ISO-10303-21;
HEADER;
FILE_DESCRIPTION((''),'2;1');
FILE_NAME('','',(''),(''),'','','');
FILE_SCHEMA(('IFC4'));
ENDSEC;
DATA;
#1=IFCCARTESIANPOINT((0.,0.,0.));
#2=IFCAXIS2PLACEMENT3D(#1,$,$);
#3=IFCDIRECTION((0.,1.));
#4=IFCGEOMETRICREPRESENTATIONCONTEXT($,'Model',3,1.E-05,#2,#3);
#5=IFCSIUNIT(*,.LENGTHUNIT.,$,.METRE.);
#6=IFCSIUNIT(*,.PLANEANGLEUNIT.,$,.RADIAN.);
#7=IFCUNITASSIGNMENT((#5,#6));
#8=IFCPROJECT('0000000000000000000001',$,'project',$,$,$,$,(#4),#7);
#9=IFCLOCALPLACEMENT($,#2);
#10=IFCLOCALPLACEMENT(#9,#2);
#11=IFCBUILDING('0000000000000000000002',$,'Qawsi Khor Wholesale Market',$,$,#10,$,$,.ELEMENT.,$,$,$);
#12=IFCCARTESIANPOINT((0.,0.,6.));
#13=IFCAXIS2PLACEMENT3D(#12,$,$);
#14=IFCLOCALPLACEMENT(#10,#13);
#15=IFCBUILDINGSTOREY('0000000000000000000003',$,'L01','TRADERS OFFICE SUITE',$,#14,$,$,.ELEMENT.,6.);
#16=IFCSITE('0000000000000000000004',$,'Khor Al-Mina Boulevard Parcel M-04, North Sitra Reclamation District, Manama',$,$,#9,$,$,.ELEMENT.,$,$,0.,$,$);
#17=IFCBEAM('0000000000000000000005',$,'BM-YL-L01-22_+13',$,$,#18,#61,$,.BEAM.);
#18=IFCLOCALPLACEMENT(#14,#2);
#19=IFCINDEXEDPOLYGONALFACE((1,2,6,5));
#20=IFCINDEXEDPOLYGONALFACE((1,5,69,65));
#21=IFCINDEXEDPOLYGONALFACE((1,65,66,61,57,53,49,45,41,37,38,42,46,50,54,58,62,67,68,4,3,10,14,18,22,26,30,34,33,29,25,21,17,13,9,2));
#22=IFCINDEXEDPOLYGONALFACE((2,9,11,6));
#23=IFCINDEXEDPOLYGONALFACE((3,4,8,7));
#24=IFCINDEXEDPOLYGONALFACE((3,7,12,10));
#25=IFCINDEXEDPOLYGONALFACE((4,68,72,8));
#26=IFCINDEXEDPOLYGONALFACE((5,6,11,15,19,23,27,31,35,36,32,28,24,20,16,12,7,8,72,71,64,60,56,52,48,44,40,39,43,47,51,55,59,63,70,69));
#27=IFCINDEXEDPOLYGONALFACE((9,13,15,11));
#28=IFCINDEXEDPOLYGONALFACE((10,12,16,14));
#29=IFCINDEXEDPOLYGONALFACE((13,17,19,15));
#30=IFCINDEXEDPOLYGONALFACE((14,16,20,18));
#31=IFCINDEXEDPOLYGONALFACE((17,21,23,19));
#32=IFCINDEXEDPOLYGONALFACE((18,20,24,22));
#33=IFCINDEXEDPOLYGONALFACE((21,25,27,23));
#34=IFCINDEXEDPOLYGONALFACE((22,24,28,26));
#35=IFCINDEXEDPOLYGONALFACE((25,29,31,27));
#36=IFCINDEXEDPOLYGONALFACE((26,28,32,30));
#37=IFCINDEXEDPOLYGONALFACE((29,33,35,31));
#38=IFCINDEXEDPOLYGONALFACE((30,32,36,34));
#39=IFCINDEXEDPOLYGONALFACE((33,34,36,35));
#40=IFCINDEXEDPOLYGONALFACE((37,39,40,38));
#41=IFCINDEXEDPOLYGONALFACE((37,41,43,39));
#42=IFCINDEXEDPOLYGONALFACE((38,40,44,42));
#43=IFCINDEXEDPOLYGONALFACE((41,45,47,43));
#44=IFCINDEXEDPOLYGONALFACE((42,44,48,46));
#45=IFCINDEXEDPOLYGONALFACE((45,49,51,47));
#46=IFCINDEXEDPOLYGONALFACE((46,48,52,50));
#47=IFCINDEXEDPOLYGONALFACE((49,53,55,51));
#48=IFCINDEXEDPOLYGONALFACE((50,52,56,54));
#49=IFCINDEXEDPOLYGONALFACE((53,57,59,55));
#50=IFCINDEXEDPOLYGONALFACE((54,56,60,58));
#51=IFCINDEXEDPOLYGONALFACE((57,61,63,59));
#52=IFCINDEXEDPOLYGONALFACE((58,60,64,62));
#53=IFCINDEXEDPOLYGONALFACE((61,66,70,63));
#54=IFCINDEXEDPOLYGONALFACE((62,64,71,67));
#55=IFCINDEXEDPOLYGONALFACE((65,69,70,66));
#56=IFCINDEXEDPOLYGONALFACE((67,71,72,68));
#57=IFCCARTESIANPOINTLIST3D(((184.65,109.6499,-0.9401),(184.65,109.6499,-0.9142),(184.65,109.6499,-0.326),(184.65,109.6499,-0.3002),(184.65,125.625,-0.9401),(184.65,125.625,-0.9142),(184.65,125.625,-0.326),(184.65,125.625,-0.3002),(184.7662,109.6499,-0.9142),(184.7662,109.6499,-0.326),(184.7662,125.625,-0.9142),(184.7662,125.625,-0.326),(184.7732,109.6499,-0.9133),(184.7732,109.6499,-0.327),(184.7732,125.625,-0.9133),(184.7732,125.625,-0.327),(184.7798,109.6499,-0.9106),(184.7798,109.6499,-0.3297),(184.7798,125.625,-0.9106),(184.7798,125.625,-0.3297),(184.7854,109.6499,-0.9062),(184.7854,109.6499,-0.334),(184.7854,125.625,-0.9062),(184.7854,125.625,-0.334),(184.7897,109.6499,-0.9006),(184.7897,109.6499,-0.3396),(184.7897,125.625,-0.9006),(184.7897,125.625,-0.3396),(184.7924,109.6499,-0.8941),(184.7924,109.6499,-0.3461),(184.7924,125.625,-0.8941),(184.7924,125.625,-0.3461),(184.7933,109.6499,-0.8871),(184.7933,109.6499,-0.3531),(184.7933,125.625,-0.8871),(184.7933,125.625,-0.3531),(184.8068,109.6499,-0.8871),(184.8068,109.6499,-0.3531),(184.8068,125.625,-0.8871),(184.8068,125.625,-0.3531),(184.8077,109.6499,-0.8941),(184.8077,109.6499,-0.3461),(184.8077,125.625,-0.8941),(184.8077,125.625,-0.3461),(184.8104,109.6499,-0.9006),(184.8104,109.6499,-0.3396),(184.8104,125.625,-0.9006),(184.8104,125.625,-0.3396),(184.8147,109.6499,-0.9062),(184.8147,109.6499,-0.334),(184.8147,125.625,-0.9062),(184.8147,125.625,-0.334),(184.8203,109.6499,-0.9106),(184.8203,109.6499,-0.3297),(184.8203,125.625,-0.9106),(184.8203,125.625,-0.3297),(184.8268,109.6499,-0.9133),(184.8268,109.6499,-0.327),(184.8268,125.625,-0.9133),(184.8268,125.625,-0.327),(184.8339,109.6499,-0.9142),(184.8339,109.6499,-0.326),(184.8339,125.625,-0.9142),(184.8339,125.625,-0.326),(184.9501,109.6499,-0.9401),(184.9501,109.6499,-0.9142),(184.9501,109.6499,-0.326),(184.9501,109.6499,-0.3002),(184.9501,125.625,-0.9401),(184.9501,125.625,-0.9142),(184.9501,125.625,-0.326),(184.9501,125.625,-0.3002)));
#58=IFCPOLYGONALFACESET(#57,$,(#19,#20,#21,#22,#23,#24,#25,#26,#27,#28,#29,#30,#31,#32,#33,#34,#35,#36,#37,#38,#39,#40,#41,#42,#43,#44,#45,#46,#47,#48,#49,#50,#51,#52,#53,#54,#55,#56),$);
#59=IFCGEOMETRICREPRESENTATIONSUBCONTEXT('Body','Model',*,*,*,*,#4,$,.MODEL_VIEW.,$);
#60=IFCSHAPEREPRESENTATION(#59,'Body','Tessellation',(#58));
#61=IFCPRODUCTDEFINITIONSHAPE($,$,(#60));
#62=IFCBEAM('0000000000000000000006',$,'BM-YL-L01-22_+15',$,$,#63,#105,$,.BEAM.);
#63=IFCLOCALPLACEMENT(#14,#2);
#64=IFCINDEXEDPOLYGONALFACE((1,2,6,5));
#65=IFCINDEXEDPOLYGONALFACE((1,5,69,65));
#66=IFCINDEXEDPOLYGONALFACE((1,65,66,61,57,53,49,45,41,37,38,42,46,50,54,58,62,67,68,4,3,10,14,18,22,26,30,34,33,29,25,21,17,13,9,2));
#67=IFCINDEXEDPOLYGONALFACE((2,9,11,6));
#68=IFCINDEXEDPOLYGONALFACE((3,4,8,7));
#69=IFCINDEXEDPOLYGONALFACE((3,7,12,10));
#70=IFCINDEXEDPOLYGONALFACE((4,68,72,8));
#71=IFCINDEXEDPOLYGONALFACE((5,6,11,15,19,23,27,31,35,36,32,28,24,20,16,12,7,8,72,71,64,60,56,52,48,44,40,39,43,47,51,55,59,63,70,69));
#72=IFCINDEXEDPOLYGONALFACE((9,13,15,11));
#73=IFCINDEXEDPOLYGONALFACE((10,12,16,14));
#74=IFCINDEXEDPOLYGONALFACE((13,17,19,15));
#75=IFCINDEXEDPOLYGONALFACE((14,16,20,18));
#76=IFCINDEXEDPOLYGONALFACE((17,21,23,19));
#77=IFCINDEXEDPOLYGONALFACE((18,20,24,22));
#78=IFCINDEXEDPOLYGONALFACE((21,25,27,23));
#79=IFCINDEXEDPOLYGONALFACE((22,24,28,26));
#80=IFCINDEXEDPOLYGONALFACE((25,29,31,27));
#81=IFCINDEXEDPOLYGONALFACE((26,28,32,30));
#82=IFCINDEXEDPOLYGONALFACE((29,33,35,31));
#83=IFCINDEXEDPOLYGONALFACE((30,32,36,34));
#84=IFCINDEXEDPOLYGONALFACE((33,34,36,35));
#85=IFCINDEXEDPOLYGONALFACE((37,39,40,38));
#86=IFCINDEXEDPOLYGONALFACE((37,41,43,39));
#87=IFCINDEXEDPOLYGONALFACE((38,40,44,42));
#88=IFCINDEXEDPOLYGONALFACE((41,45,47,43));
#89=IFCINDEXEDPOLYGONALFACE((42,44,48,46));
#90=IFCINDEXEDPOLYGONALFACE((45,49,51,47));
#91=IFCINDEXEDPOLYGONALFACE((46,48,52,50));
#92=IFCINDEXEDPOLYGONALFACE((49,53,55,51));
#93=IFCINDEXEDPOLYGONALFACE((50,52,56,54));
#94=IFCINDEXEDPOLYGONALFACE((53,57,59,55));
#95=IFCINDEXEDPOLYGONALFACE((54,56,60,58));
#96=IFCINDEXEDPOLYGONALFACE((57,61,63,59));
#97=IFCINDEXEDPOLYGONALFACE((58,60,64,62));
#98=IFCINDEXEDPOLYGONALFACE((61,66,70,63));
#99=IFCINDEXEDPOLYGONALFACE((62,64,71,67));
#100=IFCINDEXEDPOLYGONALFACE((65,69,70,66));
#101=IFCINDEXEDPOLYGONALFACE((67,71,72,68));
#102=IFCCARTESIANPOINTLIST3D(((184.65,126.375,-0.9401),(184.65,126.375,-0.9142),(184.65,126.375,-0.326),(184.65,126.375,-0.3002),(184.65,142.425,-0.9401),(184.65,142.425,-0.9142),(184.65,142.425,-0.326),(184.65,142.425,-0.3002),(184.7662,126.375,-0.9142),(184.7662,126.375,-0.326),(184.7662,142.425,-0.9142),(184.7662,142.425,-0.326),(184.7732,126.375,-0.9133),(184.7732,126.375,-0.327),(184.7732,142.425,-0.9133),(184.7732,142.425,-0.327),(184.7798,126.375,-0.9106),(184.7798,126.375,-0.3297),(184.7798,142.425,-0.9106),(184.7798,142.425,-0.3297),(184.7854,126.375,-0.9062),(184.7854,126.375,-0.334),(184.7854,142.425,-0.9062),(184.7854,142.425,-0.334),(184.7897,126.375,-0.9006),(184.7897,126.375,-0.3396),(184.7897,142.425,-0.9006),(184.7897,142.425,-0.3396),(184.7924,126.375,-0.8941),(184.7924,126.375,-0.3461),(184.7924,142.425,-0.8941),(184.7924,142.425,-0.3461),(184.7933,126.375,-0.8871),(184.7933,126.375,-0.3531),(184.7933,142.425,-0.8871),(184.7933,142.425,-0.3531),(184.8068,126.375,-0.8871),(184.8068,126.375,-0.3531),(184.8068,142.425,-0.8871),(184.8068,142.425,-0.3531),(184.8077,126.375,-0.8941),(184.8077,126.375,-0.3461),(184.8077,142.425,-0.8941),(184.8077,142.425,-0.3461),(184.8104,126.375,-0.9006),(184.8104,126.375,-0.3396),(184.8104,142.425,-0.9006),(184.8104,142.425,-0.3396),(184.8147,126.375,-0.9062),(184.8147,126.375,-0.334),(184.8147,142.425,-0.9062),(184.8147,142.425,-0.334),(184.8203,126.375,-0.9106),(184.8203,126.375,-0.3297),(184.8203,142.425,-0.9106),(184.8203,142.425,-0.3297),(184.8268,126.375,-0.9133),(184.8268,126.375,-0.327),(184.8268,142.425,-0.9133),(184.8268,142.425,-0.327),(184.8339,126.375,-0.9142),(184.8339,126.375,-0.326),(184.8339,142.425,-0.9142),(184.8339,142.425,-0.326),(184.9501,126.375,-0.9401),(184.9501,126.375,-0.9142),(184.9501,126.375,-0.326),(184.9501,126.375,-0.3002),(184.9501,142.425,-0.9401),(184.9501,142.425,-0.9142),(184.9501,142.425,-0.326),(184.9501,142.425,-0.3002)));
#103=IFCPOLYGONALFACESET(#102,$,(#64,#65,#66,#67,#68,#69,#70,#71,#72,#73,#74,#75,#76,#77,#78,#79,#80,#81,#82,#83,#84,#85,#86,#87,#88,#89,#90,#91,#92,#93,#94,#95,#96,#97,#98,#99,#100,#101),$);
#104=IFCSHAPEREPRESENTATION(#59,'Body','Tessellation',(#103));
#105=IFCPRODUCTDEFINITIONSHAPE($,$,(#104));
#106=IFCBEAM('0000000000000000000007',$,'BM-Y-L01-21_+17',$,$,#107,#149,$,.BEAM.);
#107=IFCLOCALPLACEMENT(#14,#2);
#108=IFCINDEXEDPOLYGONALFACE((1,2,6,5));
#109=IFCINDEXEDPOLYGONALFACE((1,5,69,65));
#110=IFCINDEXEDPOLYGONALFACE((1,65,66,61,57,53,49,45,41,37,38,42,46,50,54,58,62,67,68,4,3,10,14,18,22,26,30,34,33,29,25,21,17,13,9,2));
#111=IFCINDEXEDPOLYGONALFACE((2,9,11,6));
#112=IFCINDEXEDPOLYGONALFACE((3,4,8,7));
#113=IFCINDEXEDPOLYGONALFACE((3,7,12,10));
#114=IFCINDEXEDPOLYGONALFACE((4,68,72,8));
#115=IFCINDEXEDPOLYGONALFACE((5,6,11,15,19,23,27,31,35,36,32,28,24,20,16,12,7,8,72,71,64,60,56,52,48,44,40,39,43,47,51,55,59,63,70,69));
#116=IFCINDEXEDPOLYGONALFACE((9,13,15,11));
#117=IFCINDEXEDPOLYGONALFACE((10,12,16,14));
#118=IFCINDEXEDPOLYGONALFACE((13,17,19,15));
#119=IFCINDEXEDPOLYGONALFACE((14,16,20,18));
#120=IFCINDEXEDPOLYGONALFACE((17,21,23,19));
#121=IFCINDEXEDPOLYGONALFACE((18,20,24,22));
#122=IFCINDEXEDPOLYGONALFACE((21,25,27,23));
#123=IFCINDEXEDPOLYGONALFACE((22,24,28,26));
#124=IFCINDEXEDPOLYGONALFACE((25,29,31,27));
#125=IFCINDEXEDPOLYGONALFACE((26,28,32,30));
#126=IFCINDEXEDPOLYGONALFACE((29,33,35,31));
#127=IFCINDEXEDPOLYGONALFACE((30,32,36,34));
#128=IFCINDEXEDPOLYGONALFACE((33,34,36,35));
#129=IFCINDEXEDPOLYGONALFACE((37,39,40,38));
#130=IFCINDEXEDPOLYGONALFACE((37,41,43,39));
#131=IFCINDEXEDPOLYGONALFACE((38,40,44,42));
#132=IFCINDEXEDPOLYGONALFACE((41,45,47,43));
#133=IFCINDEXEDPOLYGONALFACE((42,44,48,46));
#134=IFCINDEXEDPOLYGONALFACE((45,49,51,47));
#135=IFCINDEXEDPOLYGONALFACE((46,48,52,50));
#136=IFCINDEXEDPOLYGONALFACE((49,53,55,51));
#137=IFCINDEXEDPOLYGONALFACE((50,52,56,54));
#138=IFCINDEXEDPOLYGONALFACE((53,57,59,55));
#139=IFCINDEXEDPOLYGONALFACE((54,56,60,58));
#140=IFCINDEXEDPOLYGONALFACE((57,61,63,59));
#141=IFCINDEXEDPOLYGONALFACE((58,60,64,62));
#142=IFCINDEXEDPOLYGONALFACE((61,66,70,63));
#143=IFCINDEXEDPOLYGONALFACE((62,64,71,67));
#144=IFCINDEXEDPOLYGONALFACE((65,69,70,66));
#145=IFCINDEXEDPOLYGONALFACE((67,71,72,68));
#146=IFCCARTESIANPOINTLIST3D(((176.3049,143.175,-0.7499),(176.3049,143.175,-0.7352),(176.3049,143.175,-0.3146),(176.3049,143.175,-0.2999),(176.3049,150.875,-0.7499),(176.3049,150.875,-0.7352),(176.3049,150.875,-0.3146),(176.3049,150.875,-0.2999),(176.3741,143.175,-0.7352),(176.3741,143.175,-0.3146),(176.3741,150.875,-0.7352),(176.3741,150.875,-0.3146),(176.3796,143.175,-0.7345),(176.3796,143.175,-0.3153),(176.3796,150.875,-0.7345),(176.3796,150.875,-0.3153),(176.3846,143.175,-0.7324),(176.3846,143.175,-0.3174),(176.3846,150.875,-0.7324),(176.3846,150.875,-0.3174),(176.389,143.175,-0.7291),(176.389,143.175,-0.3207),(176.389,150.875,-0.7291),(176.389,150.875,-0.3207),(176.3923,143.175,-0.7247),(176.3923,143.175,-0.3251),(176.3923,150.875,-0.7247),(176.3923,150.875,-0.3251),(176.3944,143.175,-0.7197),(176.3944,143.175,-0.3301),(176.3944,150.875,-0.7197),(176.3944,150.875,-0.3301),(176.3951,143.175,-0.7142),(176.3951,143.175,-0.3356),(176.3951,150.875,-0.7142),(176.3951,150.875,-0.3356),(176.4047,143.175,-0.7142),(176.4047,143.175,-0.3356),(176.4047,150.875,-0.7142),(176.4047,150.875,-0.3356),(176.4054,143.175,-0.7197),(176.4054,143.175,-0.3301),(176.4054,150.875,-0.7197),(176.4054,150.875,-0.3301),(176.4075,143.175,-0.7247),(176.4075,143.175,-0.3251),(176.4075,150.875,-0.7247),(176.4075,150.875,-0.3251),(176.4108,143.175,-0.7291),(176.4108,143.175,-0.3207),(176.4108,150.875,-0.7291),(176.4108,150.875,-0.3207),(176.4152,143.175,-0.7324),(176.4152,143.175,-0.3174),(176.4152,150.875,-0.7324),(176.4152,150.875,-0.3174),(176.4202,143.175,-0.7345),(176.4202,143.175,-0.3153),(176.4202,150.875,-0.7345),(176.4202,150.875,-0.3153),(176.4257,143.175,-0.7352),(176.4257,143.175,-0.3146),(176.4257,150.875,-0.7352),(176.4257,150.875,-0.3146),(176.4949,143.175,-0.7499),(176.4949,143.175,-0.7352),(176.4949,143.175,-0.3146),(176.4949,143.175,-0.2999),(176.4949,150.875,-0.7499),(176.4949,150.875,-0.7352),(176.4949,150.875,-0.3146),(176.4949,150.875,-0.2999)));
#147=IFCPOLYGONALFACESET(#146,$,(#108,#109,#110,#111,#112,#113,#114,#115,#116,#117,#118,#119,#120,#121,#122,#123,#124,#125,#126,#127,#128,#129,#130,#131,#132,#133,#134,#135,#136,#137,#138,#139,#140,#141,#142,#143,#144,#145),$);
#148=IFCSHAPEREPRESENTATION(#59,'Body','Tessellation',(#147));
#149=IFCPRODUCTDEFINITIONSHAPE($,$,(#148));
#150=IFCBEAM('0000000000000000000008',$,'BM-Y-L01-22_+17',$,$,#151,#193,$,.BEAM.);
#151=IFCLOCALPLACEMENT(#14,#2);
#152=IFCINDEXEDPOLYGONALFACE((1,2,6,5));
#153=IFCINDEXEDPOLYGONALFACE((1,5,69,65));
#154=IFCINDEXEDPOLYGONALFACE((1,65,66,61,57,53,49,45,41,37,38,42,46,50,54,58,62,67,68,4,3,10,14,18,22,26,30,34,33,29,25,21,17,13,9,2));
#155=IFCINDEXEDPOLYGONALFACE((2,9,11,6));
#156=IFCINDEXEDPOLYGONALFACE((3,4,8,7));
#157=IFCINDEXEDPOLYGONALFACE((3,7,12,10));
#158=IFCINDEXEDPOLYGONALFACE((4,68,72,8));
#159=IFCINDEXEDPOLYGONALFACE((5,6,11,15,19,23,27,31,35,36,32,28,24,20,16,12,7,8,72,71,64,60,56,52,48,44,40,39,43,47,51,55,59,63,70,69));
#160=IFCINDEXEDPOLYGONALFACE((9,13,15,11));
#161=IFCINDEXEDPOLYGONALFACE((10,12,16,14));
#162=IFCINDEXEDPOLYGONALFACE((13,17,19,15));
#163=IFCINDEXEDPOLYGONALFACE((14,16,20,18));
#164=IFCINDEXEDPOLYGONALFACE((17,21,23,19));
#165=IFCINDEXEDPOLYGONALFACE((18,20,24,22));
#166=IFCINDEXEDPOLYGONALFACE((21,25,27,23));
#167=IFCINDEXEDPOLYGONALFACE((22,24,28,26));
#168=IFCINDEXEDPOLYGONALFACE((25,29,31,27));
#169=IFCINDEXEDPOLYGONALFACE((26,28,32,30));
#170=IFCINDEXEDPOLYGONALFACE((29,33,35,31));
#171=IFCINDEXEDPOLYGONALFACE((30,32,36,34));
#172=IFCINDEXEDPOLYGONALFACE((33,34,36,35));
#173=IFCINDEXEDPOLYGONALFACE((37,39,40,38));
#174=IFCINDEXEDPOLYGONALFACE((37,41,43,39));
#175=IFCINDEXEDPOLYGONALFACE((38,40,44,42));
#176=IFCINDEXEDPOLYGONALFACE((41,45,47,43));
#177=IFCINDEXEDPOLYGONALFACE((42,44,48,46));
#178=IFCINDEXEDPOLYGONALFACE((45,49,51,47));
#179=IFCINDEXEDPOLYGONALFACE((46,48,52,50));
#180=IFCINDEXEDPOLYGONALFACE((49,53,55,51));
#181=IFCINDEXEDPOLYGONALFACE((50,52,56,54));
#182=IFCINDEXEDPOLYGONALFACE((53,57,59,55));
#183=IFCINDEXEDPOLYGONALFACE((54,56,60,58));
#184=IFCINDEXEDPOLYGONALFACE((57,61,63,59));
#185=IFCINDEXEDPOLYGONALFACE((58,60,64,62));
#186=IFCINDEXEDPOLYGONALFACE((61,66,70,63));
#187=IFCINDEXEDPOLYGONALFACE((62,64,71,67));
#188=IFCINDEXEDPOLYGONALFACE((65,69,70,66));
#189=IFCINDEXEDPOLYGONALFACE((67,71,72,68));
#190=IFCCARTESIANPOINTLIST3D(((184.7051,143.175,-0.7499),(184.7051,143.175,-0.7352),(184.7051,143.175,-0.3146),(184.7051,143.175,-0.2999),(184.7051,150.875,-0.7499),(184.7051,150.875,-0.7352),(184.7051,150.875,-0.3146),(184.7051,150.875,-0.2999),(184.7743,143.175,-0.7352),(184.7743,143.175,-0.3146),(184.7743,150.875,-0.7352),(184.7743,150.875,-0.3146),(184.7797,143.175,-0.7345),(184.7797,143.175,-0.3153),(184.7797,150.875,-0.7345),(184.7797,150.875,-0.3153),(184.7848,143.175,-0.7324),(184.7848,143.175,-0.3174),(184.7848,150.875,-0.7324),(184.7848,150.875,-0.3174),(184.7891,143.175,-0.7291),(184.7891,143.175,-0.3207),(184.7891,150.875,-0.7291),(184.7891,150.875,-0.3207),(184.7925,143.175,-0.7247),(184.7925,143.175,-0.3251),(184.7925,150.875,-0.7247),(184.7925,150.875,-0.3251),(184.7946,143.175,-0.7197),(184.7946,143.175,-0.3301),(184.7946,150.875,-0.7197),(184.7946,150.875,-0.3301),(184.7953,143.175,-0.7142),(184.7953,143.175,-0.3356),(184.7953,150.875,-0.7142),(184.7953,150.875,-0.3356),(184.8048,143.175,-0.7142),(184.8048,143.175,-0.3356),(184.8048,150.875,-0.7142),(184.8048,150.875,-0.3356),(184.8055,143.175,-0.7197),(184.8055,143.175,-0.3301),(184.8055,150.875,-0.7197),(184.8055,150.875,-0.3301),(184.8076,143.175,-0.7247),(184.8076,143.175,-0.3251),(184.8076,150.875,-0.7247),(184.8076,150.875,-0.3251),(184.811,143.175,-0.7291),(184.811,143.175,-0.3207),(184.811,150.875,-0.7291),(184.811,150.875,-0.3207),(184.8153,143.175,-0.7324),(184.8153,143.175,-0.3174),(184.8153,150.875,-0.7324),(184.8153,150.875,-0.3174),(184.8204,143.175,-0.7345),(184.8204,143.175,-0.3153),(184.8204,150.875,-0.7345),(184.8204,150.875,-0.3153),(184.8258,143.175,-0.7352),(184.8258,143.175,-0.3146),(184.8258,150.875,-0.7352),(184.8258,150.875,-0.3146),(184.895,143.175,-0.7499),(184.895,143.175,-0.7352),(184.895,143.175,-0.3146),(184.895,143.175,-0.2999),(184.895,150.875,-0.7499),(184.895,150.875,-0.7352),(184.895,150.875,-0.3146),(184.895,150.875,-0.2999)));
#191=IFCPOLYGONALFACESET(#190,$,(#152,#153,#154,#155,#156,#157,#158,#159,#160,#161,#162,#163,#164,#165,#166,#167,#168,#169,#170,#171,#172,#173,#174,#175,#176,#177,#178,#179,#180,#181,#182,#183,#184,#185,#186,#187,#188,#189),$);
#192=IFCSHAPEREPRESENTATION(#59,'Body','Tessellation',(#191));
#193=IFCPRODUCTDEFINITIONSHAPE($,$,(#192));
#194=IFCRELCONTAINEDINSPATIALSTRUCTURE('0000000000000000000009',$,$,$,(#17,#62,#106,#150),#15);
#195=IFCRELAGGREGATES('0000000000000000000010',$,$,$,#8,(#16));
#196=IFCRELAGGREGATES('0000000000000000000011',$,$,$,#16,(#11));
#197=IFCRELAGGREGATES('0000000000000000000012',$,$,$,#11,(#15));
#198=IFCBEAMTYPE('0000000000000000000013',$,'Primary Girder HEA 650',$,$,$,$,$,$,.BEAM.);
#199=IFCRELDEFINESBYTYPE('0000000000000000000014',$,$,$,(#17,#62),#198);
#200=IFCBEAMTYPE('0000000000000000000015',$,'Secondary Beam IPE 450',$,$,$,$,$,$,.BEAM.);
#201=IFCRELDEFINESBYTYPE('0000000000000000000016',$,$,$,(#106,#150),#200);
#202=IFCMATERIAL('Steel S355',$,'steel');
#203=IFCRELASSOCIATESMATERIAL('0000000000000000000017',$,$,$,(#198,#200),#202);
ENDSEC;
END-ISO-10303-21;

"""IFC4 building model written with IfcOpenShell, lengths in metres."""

from ifc_helpers import new_model, si_unit, direction, frame, origin, origin_2d, place, context, subcontext, project, spatial, i_section, extrude, material, material_profile, profile_set, type_object, element, save


model = new_model("IFC4")

# Units and contexts
model_context = context("Model", 3, precision=1e-05, world=origin(), true_north=direction((0.0, 1.0)))
body_context = subcontext(model_context, "Body", "Model", "MODEL_VIEW")
ifc_project = project(units=[si_unit("LENGTHUNIT", "METRE"), si_unit("PLANEANGLEUNIT", "RADIAN")], contexts=[model_context])

# Site, building, storey
site_placement = place(None, origin())
site = spatial("IfcSite", under=ifc_project, at=site_placement, Name="Khor Al-Mina Boulevard Parcel M-04, North Sitra Reclamation District, Manama", CompositionType="ELEMENT", RefElevation=0.0)
building_placement = place(site_placement, origin())
building = spatial("IfcBuilding", under=site, at=building_placement, Name="Qawsi Khor Wholesale Market", CompositionType="ELEMENT")
storey_placement = place(building_placement, frame((0.0, 0.0, 6.0)))
storey = spatial("IfcBuildingStorey", under=building, at=storey_placement, Name="L01", Description="TRADERS OFFICE SUITE", CompositionType="ELEMENT", Elevation=6.0)

# Beams
ifc_material_1 = material(Name="Steel S355", Category="steel")
ifc_material_profile_1 = material_profile(ifc_material_1, i_section(OverallWidth=0.3, OverallDepth=0.6399, WebThickness=0.0134, FlangeThickness=0.0259, FilletRadius=0.0271, at=origin_2d()), Name="HEA 650")
ifc_profile_set_1 = profile_set([ifc_material_profile_1], Name="Steel S355")
beam_type_1 = type_object("IfcBeamType", Name="Primary Girder HEA 650", PredefinedType="BEAM", material=ifc_profile_set_1)
beam_1_placement = place(storey_placement, frame((184.8, 109.6499, -0.6201), z_axis=(0.0, 1.0, 0.0), x_axis=(-1.0, 0.0, 0.0)))
element("IfcBeam", 1, at=beam_1_placement, inside=storey, type_object=beam_type_1, Name="BM-YL-L01-22_+13", PredefinedType="BEAM", context=body_context, shape_type="SweptSolid", body=[
    extrude(i_section(OverallWidth=0.3, OverallDepth=0.6399, WebThickness=0.0134, FlangeThickness=0.0259, FilletRadius=0.0271, at=origin_2d()), origin(), (0.0, 0.0, 1.0), 15.9751),
])
beam_2_placement = place(storey_placement, frame((184.8, 126.375, -0.6201), z_axis=(0.0, 1.0, 0.0), x_axis=(-1.0, 0.0, 0.0)))
element("IfcBeam", 2, at=beam_2_placement, inside=storey, type_object=beam_type_1, Name="BM-YL-L01-22_+15", PredefinedType="BEAM", context=body_context, shape_type="SweptSolid", body=[
    extrude(i_section(OverallWidth=0.3, OverallDepth=0.6399, WebThickness=0.0134, FlangeThickness=0.0259, FilletRadius=0.0271, at=origin_2d()), origin(), (0.0, 0.0, 1.0), 16.05),
])
ifc_material_profile_2 = material_profile(ifc_material_1, i_section(OverallWidth=0.1899, OverallDepth=0.45, WebThickness=0.0095, FlangeThickness=0.0146, FilletRadius=0.021, at=origin_2d()), Name="IPE 450")
ifc_profile_set_2 = profile_set([ifc_material_profile_2], Name="Steel S355")
beam_type_2 = type_object("IfcBeamType", Name="Secondary Beam IPE 450", PredefinedType="BEAM", material=ifc_profile_set_2)
for number, where, z_axis, x_axis, name in (
    (3, (176.3999, 143.175, -0.5249), (0.0, 1.0, 0.0), (-1.0, 0.0, 0.0), "BM-Y-L01-21_+17"),
    (4, (184.8, 143.175, -0.5249), (0.0, 1.0, 0.0), (-1.0, 0.0, 0.0), "BM-Y-L01-22_+17"),
):
    element("IfcBeam", number, at=place(storey_placement, frame(where, z_axis=z_axis, x_axis=x_axis)), inside=storey, type_object=beam_type_2, Name=name, PredefinedType="BEAM", context=body_context, shape_type="SweptSolid", body=[
        extrude(i_section(OverallWidth=0.1899, OverallDepth=0.45, WebThickness=0.0095, FlangeThickness=0.0146, FilletRadius=0.021, at=origin_2d()), origin(), (0.0, 0.0, 1.0), 7.7),
    ])

save(model, "model.ifc")
